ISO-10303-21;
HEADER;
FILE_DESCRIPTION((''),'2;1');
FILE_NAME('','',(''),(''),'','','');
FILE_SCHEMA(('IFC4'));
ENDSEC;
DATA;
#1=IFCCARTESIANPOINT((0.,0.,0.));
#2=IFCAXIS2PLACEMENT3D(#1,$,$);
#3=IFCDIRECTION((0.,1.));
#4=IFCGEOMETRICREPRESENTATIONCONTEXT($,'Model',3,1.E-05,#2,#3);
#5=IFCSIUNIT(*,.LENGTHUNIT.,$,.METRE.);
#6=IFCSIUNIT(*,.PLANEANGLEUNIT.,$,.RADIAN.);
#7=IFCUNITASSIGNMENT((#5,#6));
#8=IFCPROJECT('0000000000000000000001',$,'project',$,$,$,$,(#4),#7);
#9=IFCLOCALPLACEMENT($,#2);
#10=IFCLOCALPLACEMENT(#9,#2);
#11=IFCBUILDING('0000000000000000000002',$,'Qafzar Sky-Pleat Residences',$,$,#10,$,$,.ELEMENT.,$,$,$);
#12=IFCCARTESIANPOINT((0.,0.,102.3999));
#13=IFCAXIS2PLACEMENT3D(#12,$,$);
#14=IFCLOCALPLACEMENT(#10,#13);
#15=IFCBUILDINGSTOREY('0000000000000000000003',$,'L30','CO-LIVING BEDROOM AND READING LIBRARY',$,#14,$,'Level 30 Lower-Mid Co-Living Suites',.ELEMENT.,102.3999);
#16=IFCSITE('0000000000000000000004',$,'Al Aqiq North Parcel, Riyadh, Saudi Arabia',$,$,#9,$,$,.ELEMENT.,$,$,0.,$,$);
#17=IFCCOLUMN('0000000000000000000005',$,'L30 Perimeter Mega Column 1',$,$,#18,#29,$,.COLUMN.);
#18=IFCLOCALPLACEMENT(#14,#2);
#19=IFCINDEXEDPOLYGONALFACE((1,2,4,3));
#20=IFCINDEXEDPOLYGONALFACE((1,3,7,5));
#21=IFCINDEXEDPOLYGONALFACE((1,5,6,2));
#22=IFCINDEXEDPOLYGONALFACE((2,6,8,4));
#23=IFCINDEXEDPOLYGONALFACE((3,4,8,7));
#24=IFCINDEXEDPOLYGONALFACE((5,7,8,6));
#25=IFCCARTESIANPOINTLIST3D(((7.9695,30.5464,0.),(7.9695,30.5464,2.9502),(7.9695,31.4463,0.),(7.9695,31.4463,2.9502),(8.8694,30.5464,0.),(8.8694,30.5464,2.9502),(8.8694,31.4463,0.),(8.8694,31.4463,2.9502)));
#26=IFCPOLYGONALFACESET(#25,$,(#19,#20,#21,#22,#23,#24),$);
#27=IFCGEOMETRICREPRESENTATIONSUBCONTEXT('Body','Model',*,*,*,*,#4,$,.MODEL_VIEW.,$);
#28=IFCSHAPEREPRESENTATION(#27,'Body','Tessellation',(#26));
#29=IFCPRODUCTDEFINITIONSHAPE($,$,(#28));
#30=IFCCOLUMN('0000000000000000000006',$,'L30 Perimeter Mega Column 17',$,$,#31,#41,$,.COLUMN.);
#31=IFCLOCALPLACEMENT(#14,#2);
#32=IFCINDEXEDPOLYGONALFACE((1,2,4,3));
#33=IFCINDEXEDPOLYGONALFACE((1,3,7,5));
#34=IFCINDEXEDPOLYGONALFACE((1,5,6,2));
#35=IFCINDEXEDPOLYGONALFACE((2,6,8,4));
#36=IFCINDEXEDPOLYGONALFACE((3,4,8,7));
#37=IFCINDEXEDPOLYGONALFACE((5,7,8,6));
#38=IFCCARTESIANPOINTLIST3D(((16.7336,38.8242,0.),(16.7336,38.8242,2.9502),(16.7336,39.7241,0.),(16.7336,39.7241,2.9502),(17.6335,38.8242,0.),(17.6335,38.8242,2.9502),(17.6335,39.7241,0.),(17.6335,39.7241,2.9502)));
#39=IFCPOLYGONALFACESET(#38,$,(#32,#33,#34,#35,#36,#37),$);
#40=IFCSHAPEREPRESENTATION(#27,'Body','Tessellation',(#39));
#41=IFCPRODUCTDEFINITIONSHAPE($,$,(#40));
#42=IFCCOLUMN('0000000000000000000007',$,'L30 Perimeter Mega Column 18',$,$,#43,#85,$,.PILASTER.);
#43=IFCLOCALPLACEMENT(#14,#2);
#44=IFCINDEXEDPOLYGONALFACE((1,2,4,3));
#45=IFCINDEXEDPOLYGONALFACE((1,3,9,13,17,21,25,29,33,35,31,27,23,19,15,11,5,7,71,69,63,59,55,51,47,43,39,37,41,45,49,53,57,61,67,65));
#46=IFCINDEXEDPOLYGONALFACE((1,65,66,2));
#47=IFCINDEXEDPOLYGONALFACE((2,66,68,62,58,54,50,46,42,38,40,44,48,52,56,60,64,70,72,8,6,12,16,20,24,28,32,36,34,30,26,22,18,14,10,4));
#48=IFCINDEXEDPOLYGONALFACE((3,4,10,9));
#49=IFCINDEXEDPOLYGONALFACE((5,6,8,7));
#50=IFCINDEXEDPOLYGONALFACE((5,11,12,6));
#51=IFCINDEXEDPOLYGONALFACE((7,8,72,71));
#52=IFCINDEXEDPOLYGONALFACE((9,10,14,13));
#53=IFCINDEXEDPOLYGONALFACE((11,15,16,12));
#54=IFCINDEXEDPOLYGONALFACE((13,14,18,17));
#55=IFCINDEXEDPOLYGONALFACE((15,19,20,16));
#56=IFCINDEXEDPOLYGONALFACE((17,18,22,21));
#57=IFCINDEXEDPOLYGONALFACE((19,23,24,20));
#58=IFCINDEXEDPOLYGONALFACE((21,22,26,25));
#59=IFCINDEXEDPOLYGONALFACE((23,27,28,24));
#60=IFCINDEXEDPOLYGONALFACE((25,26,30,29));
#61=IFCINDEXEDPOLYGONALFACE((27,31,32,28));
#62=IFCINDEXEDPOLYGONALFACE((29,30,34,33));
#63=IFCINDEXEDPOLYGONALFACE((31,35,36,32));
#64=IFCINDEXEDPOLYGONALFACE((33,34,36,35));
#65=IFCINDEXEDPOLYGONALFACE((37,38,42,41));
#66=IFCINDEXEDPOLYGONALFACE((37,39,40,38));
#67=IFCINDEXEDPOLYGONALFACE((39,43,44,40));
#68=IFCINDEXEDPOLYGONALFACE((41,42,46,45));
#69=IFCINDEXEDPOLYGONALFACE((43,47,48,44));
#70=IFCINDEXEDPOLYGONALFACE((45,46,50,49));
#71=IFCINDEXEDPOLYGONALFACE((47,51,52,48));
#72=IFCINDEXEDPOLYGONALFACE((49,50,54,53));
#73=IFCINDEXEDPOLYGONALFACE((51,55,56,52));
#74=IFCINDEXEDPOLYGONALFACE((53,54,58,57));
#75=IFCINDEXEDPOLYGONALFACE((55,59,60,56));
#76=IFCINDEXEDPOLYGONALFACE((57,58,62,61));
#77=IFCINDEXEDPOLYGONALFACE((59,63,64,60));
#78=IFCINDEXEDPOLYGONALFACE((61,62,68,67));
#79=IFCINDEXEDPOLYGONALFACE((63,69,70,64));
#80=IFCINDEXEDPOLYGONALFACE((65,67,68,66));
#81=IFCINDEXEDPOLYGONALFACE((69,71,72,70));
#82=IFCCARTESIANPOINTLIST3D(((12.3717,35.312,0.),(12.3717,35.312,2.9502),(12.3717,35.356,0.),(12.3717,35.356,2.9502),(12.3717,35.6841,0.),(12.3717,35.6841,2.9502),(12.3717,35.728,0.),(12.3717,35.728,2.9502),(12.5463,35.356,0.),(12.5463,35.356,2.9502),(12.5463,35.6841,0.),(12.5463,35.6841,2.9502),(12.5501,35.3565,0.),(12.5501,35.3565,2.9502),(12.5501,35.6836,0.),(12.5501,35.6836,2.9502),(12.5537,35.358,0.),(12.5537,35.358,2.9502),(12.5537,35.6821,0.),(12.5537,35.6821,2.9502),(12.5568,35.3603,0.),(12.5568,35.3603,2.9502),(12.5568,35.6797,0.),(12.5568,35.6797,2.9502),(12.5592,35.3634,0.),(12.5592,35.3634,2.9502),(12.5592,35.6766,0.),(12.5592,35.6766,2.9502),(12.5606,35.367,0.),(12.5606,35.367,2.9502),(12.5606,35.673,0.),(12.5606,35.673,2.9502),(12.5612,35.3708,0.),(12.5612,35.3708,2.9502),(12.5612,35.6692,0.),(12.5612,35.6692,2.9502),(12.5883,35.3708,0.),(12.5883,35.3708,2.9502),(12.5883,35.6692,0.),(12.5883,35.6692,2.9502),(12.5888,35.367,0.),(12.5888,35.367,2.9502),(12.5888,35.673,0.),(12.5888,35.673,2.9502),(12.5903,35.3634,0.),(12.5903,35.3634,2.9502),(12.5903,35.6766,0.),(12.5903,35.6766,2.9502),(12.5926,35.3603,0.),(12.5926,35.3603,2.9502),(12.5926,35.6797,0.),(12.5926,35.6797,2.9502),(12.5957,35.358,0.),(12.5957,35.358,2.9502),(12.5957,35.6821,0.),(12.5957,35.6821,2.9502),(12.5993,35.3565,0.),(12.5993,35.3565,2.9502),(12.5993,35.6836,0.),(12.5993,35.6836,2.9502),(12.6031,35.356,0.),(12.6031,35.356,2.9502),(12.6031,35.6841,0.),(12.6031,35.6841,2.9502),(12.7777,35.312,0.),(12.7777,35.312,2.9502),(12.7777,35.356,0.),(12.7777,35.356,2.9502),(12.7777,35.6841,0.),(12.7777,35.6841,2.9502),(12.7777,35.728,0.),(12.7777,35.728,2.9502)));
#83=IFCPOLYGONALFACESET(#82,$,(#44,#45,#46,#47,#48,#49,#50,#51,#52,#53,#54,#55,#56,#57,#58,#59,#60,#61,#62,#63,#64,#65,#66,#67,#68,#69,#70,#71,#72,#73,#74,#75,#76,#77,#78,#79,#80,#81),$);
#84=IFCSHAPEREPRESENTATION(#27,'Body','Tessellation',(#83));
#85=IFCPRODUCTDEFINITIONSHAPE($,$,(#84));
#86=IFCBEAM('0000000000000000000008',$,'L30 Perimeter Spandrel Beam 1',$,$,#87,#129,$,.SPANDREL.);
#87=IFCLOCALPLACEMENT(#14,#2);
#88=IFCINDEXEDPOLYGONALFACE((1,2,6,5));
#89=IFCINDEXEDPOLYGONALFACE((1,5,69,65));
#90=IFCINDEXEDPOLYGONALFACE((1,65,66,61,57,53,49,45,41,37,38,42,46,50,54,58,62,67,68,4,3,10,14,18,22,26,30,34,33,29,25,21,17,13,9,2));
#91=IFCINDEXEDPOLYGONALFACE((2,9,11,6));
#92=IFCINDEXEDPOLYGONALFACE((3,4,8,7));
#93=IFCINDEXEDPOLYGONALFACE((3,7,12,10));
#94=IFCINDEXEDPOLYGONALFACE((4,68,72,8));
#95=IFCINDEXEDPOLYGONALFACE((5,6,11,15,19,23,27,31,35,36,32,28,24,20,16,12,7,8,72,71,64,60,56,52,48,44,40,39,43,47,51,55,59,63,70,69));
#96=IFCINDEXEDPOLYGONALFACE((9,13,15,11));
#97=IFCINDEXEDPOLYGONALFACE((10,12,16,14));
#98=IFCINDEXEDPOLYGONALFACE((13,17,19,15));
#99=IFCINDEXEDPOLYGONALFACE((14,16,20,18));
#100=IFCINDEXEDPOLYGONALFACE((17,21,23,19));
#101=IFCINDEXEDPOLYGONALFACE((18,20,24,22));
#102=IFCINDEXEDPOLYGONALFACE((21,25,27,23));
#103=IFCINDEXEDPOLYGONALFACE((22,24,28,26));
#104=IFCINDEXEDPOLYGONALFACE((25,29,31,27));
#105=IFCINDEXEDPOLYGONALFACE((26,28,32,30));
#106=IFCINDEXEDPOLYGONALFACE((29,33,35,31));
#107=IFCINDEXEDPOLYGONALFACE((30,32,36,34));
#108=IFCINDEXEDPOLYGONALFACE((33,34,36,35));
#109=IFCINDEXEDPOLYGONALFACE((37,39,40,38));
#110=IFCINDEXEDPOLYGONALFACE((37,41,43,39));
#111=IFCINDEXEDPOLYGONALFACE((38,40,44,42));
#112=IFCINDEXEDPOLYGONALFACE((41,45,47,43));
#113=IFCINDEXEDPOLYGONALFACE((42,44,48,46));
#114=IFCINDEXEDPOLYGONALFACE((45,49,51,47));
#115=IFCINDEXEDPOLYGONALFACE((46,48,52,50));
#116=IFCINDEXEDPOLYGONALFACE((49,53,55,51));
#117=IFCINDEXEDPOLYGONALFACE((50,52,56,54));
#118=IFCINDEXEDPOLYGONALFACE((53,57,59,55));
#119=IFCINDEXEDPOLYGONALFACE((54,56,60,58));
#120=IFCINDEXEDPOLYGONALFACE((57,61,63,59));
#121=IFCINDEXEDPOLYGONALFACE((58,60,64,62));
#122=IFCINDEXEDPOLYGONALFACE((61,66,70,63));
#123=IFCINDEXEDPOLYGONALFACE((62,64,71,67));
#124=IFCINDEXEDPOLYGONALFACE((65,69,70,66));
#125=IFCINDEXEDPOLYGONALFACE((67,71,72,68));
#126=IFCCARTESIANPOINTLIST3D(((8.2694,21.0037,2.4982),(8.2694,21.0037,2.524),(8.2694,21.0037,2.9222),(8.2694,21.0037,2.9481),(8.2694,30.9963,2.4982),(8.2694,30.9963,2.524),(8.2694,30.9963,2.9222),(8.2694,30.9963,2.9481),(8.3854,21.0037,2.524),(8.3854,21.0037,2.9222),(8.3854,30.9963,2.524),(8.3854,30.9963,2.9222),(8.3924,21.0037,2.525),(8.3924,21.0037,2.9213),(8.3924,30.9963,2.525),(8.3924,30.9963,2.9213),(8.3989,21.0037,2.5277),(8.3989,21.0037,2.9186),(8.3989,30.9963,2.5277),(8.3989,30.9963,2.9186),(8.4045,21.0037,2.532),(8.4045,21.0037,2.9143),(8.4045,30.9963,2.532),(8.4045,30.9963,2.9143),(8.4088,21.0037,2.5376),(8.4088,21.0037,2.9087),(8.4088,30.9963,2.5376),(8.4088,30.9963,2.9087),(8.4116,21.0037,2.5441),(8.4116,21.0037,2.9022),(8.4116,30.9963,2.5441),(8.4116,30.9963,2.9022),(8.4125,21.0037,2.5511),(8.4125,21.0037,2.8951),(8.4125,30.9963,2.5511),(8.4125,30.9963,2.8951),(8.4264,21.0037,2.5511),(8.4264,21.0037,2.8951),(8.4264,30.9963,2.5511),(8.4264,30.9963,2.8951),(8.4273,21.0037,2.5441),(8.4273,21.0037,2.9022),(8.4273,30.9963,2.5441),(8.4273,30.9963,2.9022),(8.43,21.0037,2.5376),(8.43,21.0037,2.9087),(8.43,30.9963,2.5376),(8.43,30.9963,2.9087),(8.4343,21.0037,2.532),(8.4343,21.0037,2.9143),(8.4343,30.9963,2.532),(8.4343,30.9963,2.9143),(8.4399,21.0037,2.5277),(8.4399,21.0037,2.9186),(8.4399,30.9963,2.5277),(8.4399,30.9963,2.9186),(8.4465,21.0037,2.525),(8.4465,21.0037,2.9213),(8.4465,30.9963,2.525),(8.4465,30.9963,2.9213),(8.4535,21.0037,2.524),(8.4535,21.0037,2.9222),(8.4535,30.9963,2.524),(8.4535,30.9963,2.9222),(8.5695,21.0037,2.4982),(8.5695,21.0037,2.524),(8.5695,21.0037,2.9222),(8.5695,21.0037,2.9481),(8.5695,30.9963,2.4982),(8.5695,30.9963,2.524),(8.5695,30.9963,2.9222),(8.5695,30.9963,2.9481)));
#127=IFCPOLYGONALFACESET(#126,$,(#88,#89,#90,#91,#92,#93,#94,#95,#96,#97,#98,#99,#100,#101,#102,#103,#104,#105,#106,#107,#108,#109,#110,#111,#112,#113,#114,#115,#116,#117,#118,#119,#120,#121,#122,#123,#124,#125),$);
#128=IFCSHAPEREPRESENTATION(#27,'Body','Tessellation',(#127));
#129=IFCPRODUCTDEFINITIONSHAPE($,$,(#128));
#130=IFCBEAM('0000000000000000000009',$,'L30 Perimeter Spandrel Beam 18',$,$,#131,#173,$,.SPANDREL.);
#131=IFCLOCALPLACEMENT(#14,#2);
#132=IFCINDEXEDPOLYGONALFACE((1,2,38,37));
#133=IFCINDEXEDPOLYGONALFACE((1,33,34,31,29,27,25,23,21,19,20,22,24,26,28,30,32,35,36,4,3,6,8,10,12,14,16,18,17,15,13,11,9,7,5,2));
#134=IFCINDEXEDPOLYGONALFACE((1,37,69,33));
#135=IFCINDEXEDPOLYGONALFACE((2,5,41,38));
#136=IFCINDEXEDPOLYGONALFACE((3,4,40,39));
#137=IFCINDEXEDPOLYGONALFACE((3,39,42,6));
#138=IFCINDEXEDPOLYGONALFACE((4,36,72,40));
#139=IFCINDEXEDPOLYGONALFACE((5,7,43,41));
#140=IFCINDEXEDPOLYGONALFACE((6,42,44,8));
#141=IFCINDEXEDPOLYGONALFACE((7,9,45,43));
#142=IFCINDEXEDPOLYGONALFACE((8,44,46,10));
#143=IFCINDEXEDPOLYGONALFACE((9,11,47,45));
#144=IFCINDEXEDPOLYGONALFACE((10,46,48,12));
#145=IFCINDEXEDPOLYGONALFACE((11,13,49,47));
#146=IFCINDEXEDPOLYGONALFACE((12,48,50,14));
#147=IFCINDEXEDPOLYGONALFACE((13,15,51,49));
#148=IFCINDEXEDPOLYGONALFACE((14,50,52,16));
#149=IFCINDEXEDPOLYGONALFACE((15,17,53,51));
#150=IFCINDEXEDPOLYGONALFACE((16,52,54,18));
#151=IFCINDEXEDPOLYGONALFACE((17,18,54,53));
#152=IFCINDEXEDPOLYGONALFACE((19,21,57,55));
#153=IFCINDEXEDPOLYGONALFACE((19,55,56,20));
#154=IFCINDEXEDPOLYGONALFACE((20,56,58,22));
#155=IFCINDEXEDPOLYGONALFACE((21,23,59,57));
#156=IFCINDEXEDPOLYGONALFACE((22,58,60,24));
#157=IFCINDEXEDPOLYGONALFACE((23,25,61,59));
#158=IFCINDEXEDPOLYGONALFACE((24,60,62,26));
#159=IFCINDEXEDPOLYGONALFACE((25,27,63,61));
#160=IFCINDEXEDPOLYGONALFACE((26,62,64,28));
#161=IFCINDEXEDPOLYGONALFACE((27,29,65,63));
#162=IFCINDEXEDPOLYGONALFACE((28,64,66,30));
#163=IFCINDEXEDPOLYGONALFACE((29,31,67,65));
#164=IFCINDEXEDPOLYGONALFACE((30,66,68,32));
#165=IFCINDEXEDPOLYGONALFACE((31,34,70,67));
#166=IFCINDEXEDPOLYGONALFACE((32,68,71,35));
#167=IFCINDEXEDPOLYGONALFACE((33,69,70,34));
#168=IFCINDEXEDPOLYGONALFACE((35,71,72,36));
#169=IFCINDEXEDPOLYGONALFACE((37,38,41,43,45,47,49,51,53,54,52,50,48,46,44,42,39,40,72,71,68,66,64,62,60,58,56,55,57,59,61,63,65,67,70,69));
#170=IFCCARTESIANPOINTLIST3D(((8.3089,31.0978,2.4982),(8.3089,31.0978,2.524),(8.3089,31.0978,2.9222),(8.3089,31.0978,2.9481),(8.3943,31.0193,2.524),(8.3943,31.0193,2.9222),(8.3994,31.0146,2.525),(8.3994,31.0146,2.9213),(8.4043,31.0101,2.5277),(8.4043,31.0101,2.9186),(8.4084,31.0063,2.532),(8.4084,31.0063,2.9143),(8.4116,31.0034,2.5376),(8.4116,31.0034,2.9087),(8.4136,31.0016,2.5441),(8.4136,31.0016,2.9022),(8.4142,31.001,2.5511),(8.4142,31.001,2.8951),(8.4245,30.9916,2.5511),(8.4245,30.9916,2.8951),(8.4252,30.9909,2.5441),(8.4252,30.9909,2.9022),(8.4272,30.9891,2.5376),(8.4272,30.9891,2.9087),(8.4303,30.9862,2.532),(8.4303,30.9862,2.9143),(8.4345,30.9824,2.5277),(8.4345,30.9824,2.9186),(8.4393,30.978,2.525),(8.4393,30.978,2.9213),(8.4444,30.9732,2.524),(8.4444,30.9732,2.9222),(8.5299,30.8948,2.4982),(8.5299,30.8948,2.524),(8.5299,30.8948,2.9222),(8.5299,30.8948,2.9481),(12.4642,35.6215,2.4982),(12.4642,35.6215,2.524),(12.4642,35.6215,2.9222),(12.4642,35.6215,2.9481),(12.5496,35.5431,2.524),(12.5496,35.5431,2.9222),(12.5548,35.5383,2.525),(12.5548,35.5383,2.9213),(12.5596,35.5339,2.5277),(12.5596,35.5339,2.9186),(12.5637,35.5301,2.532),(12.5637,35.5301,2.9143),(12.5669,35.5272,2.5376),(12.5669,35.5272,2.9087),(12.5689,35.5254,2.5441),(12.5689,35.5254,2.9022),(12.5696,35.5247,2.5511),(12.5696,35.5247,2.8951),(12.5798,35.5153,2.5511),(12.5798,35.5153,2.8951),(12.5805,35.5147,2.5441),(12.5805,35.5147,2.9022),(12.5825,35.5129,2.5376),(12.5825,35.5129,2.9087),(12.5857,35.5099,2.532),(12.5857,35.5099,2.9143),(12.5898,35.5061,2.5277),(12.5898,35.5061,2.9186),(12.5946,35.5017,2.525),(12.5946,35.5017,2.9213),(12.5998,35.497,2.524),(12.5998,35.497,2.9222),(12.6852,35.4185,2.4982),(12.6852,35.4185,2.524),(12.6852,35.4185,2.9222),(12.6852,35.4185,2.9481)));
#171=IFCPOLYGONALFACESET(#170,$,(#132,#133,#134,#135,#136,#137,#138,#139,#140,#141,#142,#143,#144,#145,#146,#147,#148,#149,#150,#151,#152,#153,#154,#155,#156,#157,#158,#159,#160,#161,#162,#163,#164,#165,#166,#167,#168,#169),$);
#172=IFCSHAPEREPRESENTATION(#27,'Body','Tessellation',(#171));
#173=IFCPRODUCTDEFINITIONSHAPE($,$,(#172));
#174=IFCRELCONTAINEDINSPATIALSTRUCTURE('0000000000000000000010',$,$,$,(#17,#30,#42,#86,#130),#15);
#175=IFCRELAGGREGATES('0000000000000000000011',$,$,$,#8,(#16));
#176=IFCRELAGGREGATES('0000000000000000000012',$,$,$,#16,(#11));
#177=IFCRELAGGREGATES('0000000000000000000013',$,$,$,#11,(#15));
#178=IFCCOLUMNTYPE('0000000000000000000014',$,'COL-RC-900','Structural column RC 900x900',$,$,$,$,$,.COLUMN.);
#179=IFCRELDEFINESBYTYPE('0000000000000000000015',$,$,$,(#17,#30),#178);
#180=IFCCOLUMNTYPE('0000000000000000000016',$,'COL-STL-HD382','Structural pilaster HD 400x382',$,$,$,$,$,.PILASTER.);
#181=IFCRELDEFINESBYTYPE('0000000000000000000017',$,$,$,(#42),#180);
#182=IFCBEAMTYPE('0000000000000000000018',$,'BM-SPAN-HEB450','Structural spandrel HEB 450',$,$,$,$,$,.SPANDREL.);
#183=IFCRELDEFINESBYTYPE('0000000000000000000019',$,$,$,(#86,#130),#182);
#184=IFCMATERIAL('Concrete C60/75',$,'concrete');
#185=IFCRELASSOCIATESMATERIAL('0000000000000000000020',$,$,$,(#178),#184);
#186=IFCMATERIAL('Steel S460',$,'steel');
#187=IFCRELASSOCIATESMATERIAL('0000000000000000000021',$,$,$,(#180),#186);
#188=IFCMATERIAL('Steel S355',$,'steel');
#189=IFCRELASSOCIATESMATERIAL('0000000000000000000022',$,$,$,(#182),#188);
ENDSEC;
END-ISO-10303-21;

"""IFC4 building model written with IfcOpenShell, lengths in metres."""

from ifc_helpers import new_model, si_unit, direction, frame, origin, origin_2d, place, context, subcontext, project, spatial, rectangle, i_section, extrude, source, transform, mapped, material, material_profile, profile_set, type_object, element, save


model = new_model("IFC4")

# Units and contexts
model_context = context("Model", 3, precision=1e-05, world=origin(), true_north=direction((0.0, 1.0)))
body_context = subcontext(model_context, "Body", "Model", "MODEL_VIEW")
ifc_project = project(units=[si_unit("LENGTHUNIT", "METRE"), si_unit("PLANEANGLEUNIT", "RADIAN")], contexts=[model_context])

# Site, building, storey
site_placement = place(None, origin())
site = spatial("IfcSite", under=ifc_project, at=site_placement, Name="Al Aqiq North Parcel, Riyadh, Saudi Arabia", CompositionType="ELEMENT", RefElevation=0.0)
building_placement = place(site_placement, origin())
building = spatial("IfcBuilding", under=site, at=building_placement, Name="Qafzar Sky-Pleat Residences", CompositionType="ELEMENT")
storey_placement = place(building_placement, frame((0.0, 0.0, 102.3999)))
storey = spatial("IfcBuildingStorey", under=building, at=storey_placement, Name="L30", Description="CO-LIVING BEDROOM AND READING LIBRARY", LongName="Level 30 Lower-Mid Co-Living Suites", CompositionType="ELEMENT", Elevation=102.3999)

# Columns
ifc_material_1 = material(Name="Concrete C60/75", Category="concrete")
ifc_material_profile_1 = material_profile(ifc_material_1, rectangle(XDim=0.8999, YDim=0.8999, at=origin_2d()), Name="RC 900x900")
ifc_profile_set_1 = profile_set([ifc_material_profile_1], Name="Concrete C60/75")
column_type_1 = type_object("IfcColumnType", Name="COL-RC-900", Description="Structural column RC 900x900", PredefinedType="COLUMN", material=ifc_profile_set_1)
shared_shape_1 = source(origin(), body_context, "Body", "SweptSolid", [
    extrude(rectangle(XDim=0.8999, YDim=0.8999, at=origin_2d()), origin(), (0.0, 0.0, 1.0), 2.9502),
])
for number, where, z_axis, x_axis, name in (
    (1, (8.4194, 30.9963, 0.0), (0.0, 0.0, 1.0), (1.0, 0.0, 0.0), "L30 Perimeter Mega Column 1"),
    (2, (17.1836, 39.2742, 0.0), (0.0, 0.0, 1.0), (1.0, 0.0, 0.0), "L30 Perimeter Mega Column 17"),
):
    element("IfcColumn", number, at=place(storey_placement, frame(where, z_axis=z_axis, x_axis=x_axis)), inside=storey, type_object=column_type_1, Name=name, PredefinedType="COLUMN", context=body_context, shape_type="MappedRepresentation", body=[
        mapped(shared_shape_1, transform((0.0, 0.0, 0.0), x_axis=(1.0, 0.0, 0.0), y_axis=(0.0, 1.0, 0.0), z_axis=(0.0, 0.0, 1.0), scale=1.0)),
    ])
ifc_material_2 = material(Name="Steel S460", Category="steel")
ifc_material_profile_2 = material_profile(ifc_material_2, i_section(OverallWidth=0.406, OverallDepth=0.416, WebThickness=0.0271, FlangeThickness=0.0439, FilletRadius=0.0149, at=origin_2d()), Name="HD 400x382")
ifc_profile_set_2 = profile_set([ifc_material_profile_2], Name="Steel S460")
column_type_2 = type_object("IfcColumnType", Name="COL-STL-HD382", Description="Structural pilaster HD 400x382", PredefinedType="PILASTER", material=ifc_profile_set_2)
shared_shape_2 = source(origin(), body_context, "Body", "SweptSolid", [
    extrude(i_section(OverallWidth=0.406, OverallDepth=0.416, WebThickness=0.0271, FlangeThickness=0.0439, FilletRadius=0.0149, at=origin_2d()), origin(), (0.0, 0.0, 1.0), 2.9502),
])
column_placement = place(storey_placement, frame((12.5747, 35.52, 0.0), z_axis=(0.0, 0.0, 1.0), x_axis=(1.0, 0.0, 0.0)))
element("IfcColumn", 3, at=column_placement, inside=storey, type_object=column_type_2, Name="L30 Perimeter Mega Column 18", PredefinedType="PILASTER", context=body_context, shape_type="MappedRepresentation", body=[
    mapped(shared_shape_2, transform((0.0, 0.0, 0.0), x_axis=(1.0, 0.0, 0.0), y_axis=(0.0, 1.0, 0.0), z_axis=(0.0, 0.0, 1.0), scale=1.0)),
])

# Beams
ifc_material_3 = material(Name="Steel S355", Category="steel")
ifc_material_profile_3 = material_profile(ifc_material_3, i_section(OverallWidth=0.3, OverallDepth=0.45, WebThickness=0.0139, FlangeThickness=0.0259, FilletRadius=0.0271, at=origin_2d()), Name="HEB 450")
ifc_profile_set_3 = profile_set([ifc_material_profile_3], Name="Steel S355")
beam_type_1 = type_object("IfcBeamType", Name="BM-SPAN-HEB450", Description="Structural spandrel HEB 450", PredefinedType="SPANDREL", material=ifc_profile_set_3)
shared_shape_3 = source(origin(), body_context, "Body", "SweptSolid", [
    extrude(i_section(OverallWidth=0.3, OverallDepth=0.45, WebThickness=0.0139, FlangeThickness=0.0259, FilletRadius=0.0271, at=origin_2d()), origin(), (0.0, 0.0, 1.0), 9.9927),
])
beam_1_placement = place(storey_placement, frame((8.4194, 30.9963, 2.7231), z_axis=(0.0, -1.0, 0.0), x_axis=(1.0, 0.0, 0.0)))
element("IfcBeam", 4, at=beam_1_placement, inside=storey, type_object=beam_type_1, Name="L30 Perimeter Spandrel Beam 1", PredefinedType="SPANDREL", context=body_context, shape_type="MappedRepresentation", body=[
    mapped(shared_shape_3, transform((0.0, 0.0, 0.0), x_axis=(1.0, 0.0, 0.0), y_axis=(0.0, 1.0, 0.0), z_axis=(0.0, 0.0, 1.0), scale=1.0)),
])
shared_shape_4 = source(origin(), body_context, "Body", "SweptSolid", [
    extrude(i_section(OverallWidth=0.3, OverallDepth=0.45, WebThickness=0.0139, FlangeThickness=0.0259, FilletRadius=0.0271, at=origin_2d()), origin(), (0.0, 0.0, 1.0), 6.1426),
])
beam_2_placement = place(storey_placement, frame((12.5747, 35.52, 2.7231), z_axis=(-0.676482, -0.736459, 0.0), x_axis=(0.736459, -0.676482, 0.0)))
element("IfcBeam", 5, at=beam_2_placement, inside=storey, type_object=beam_type_1, Name="L30 Perimeter Spandrel Beam 18", PredefinedType="SPANDREL", context=body_context, shape_type="MappedRepresentation", body=[
    mapped(shared_shape_4, transform((0.0, 0.0, 0.0), x_axis=(1.0, 0.0, 0.0), y_axis=(0.0, 1.0, 0.0), z_axis=(0.0, 0.0, 1.0), scale=1.0)),
])

save(model, "model.ifc")
